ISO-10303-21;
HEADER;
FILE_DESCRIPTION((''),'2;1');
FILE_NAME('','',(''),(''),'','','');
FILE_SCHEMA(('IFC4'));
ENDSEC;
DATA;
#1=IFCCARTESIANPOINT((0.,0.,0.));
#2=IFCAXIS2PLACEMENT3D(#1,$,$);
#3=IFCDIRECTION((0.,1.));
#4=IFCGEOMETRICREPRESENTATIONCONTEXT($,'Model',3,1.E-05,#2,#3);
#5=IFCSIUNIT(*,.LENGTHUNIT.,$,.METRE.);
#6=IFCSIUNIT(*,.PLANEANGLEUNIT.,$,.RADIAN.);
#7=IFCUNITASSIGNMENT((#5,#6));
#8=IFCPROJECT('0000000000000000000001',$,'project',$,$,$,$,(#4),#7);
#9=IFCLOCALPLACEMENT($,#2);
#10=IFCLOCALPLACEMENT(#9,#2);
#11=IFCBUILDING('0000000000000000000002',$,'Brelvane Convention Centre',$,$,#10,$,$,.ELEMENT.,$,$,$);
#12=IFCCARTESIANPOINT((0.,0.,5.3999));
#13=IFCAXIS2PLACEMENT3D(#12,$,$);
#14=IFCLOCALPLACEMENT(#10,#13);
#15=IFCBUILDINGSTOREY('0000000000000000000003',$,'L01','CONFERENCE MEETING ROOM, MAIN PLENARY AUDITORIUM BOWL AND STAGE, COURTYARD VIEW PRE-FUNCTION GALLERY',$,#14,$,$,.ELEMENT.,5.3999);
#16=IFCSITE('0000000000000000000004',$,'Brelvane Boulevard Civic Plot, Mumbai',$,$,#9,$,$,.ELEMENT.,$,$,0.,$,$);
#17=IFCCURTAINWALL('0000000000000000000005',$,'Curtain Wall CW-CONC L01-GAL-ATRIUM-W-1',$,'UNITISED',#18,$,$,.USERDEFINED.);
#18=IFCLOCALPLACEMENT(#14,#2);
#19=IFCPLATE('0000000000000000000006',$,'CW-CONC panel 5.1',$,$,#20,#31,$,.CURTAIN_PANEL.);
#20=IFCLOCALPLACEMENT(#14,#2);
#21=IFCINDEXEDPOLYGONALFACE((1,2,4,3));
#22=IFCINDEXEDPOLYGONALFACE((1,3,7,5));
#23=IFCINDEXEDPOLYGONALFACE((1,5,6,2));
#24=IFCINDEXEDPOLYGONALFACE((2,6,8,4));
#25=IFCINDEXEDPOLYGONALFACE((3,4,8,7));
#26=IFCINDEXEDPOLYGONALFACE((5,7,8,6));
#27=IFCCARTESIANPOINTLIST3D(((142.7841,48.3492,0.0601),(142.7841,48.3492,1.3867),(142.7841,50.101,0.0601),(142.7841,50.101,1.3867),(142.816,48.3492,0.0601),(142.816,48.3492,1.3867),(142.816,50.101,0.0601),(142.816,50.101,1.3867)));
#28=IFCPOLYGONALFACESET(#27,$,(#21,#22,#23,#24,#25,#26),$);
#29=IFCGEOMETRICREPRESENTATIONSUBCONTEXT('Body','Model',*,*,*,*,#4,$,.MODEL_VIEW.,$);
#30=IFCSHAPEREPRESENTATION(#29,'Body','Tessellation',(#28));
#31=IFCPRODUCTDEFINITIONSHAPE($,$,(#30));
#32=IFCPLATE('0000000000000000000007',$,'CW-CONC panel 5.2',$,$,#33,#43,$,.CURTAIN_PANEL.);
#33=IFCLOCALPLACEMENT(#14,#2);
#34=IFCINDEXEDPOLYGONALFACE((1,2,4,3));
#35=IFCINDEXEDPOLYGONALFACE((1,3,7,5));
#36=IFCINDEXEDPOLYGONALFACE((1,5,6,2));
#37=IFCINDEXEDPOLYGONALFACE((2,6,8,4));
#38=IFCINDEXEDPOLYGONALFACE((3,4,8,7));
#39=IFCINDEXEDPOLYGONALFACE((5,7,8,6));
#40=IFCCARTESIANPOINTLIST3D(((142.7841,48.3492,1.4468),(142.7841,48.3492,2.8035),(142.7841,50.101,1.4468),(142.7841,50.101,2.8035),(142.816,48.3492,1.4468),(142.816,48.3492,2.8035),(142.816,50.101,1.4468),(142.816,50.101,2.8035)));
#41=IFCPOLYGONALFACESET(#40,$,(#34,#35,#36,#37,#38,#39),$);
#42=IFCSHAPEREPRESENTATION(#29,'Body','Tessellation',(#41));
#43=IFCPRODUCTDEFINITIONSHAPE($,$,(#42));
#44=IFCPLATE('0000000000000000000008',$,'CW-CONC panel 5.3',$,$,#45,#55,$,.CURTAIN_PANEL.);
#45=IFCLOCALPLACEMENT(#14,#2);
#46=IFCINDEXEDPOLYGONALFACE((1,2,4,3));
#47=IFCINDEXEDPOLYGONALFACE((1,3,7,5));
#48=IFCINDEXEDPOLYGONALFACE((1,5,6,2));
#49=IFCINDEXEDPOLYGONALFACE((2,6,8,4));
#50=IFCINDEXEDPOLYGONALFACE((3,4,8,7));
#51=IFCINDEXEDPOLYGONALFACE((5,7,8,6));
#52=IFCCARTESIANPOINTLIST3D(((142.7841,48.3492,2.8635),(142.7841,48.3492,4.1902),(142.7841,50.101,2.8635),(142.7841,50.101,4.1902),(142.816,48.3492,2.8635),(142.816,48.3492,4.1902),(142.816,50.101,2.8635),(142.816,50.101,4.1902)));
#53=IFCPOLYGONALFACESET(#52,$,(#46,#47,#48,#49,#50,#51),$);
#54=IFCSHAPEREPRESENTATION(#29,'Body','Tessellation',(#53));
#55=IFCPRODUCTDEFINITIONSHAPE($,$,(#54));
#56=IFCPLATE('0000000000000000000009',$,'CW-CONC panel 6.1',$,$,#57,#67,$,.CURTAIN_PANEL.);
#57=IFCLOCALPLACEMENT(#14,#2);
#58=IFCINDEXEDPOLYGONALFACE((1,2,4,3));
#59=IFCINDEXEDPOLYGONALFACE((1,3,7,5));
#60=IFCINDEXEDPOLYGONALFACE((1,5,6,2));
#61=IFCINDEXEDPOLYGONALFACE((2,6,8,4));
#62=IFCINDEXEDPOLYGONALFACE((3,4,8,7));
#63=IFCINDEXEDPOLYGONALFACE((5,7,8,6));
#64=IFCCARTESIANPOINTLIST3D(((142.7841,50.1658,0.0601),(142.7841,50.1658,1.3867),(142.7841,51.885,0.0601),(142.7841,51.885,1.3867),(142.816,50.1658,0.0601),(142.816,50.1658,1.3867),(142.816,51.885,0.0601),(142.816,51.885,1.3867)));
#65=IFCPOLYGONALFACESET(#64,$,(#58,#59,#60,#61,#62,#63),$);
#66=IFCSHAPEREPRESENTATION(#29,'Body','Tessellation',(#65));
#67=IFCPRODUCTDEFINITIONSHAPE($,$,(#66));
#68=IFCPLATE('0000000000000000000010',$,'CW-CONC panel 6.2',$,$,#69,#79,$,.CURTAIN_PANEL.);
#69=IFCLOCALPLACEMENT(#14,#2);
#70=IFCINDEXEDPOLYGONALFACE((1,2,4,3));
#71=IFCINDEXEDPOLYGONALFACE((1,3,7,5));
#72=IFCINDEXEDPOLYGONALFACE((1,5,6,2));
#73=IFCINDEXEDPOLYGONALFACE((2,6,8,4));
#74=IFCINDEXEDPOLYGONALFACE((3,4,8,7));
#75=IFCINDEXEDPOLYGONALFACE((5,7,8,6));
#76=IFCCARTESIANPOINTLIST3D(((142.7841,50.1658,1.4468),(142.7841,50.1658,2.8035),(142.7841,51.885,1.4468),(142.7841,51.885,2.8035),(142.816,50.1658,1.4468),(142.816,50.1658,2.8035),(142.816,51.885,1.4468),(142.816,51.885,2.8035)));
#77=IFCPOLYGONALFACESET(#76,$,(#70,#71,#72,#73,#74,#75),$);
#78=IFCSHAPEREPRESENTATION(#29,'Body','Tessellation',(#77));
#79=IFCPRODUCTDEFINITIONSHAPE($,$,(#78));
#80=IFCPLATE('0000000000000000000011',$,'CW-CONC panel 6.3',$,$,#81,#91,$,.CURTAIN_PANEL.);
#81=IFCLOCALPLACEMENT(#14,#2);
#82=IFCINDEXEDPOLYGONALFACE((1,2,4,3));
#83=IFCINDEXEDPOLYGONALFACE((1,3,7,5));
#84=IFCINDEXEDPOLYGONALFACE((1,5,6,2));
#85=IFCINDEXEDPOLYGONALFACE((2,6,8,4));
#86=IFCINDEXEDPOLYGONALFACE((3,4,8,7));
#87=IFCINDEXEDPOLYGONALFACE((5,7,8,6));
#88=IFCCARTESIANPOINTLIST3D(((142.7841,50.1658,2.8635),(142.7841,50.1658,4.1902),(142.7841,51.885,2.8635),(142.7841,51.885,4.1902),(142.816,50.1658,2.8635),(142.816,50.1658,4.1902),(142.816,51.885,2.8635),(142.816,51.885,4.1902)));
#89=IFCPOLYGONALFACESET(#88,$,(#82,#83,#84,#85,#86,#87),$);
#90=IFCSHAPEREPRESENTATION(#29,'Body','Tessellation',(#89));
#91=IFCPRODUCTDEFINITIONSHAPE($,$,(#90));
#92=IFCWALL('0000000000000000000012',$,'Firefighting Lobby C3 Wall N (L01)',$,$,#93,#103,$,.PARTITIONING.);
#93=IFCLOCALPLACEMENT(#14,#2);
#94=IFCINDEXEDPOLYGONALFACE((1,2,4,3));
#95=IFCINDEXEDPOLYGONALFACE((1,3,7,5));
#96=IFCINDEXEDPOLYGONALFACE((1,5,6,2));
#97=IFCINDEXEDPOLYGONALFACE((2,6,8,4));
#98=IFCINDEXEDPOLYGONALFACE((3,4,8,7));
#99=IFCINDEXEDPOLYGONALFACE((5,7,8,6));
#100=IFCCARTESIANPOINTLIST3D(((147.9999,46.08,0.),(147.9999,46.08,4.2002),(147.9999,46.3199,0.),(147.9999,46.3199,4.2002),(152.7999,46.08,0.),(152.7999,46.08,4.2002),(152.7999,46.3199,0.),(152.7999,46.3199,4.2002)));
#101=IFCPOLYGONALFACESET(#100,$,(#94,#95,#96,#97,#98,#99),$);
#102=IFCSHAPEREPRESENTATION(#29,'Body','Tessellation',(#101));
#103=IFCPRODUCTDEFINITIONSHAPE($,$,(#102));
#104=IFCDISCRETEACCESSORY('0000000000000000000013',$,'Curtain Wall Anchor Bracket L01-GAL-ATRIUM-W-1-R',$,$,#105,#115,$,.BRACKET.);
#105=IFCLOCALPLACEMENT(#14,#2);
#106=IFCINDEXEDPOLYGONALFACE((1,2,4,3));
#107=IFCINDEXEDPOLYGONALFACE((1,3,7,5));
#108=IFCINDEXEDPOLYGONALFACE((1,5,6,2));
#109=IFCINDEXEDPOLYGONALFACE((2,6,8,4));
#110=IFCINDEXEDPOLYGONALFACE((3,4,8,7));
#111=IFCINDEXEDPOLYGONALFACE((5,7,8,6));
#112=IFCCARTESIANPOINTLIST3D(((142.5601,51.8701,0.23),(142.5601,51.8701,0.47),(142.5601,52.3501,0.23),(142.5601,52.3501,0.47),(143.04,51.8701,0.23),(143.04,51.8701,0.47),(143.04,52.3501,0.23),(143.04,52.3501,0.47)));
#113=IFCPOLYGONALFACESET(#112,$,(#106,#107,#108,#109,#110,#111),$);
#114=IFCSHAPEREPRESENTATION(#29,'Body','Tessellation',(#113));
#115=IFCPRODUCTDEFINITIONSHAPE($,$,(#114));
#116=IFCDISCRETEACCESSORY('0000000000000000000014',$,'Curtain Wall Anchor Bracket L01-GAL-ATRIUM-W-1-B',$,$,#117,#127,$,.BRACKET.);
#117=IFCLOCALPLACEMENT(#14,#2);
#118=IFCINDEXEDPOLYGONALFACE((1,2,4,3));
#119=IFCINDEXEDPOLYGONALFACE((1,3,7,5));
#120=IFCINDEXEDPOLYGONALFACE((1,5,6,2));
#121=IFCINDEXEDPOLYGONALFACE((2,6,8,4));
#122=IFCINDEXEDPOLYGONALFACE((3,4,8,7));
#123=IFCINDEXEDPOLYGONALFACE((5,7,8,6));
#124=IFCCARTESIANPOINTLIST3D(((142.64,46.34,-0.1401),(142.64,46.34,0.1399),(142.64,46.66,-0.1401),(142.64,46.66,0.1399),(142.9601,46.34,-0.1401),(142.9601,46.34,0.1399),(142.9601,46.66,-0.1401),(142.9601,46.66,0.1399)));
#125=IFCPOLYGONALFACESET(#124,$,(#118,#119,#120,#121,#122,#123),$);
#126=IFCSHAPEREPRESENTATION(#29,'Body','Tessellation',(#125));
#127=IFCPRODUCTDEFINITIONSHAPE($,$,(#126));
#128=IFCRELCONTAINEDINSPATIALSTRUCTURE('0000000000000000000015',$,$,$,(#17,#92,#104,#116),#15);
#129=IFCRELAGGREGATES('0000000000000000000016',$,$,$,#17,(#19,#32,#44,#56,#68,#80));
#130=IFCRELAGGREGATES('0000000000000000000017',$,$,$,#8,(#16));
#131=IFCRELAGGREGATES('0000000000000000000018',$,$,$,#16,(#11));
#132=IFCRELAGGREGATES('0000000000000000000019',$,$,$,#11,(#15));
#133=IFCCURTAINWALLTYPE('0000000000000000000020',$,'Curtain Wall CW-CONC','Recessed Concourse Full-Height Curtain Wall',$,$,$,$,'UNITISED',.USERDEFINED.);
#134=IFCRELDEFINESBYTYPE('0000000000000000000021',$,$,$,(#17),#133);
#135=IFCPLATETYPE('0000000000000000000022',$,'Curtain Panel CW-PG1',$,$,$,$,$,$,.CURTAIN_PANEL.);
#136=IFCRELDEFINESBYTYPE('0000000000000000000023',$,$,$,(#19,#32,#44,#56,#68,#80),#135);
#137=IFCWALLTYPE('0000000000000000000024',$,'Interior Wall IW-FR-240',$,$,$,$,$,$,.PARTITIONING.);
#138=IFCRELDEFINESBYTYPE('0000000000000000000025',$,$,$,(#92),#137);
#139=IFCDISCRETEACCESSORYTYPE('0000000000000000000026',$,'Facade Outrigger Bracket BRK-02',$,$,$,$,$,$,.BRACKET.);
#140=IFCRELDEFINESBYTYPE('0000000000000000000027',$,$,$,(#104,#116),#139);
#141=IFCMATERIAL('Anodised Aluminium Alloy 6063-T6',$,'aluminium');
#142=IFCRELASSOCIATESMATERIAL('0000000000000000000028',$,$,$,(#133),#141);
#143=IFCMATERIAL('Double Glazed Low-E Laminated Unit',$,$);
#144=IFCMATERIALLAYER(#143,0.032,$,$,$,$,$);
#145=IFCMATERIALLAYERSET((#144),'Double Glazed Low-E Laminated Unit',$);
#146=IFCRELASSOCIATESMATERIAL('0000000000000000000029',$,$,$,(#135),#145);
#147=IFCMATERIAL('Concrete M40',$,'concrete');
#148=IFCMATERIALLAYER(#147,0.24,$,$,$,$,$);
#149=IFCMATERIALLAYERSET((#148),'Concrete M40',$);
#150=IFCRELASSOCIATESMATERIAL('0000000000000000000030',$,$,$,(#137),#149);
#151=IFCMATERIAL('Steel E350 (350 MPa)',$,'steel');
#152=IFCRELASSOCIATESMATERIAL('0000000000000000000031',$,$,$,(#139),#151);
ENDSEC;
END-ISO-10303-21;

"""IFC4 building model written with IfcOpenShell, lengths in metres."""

from ifc_helpers import new_model, si_unit, direction, frame, frame_2d, origin, origin_2d, place, context, subcontext, project, spatial, rectangle, extrude, material, layer, layer_set, type_object, element, aggregate, save


model = new_model("IFC4")

# Units and contexts
model_context = context("Model", 3, precision=1e-05, world=origin(), true_north=direction((0.0, 1.0)))
body_context = subcontext(model_context, "Body", "Model", "MODEL_VIEW")
ifc_project = project(units=[si_unit("LENGTHUNIT", "METRE"), si_unit("PLANEANGLEUNIT", "RADIAN")], contexts=[model_context])

# Site, building, storey
site_placement = place(None, origin())
site = spatial("IfcSite", under=ifc_project, at=site_placement, Name="Brelvane Boulevard Civic Plot, Mumbai", CompositionType="ELEMENT", RefElevation=0.0)
building_placement = place(site_placement, origin())
building = spatial("IfcBuilding", under=site, at=building_placement, Name="Brelvane Convention Centre", CompositionType="ELEMENT")
storey_placement = place(building_placement, frame((0.0, 0.0, 5.3999)))
storey = spatial("IfcBuildingStorey", under=building, at=storey_placement, Name="L01", Description="CONFERENCE MEETING ROOM, MAIN PLENARY AUDITORIUM BOWL AND STAGE, COURTYARD VIEW PRE-FUNCTION GALLERY", CompositionType="ELEMENT", Elevation=5.3999)

# Curtain wall
ifc_material_1 = material(Name="Anodised Aluminium Alloy 6063-T6", Category="aluminium")
curtain_wall_type = type_object("IfcCurtainWallType", Name="Curtain Wall CW-CONC", Description="Recessed Concourse Full-Height Curtain Wall", ElementType="UNITISED", PredefinedType="USERDEFINED", material=ifc_material_1)
curtain_wall_placement = place(storey_placement, origin())
curtain_wall = element("IfcCurtainWall", 1, at=curtain_wall_placement, inside=storey, type_object=curtain_wall_type, Name="Curtain Wall CW-CONC L01-GAL-ATRIUM-W-1", ObjectType="UNITISED", PredefinedType="USERDEFINED")

# Plates
ifc_material_2 = material(Name="Double Glazed Low-E Laminated Unit")
ifc_layer_1 = layer(ifc_material_2, 0.032)
ifc_layer_set_1 = layer_set([ifc_layer_1], Name="Double Glazed Low-E Laminated Unit")
plate_type = type_object("IfcPlateType", Name="Curtain Panel CW-PG1", PredefinedType="CURTAIN_PANEL", material=ifc_layer_set_1)
plate_1_placement = place(storey_placement, frame((142.8, 49.2251, 0.0601), z_axis=(0.0, 0.0, 1.0), x_axis=(0.0, 1.0, 0.0)))
plate_1 = element("IfcPlate", 2, at=plate_1_placement, type_object=plate_type, Name="CW-CONC panel 5.1", PredefinedType="CURTAIN_PANEL", context=body_context, shape_type="SweptSolid", body=[
    extrude(rectangle(XDim=1.7517, YDim=0.032, at=origin_2d()), origin(), (0.0, 0.0, 1.0), 1.3267),
])
plate_2_placement = place(storey_placement, frame((142.8, 49.2251, 1.4468), z_axis=(0.0, 0.0, 1.0), x_axis=(0.0, 1.0, 0.0)))
plate_2 = element("IfcPlate", 3, at=plate_2_placement, type_object=plate_type, Name="CW-CONC panel 5.2", PredefinedType="CURTAIN_PANEL", context=body_context, shape_type="SweptSolid", body=[
    extrude(rectangle(XDim=1.7517, YDim=0.032, at=origin_2d()), origin(), (0.0, 0.0, 1.0), 1.3567),
])
plate_3_placement = place(storey_placement, frame((142.8, 49.2251, 2.8635), z_axis=(0.0, 0.0, 1.0), x_axis=(0.0, 1.0, 0.0)))
plate_3 = element("IfcPlate", 4, at=plate_3_placement, type_object=plate_type, Name="CW-CONC panel 5.3", PredefinedType="CURTAIN_PANEL", context=body_context, shape_type="SweptSolid", body=[
    extrude(rectangle(XDim=1.7517, YDim=0.032, at=origin_2d()), origin(), (0.0, 0.0, 1.0), 1.3267),
])
plate_4_placement = place(storey_placement, frame((142.8, 51.0254, 0.0601), z_axis=(0.0, 0.0, 1.0), x_axis=(0.0, 1.0, 0.0)))
plate_4 = element("IfcPlate", 5, at=plate_4_placement, type_object=plate_type, Name="CW-CONC panel 6.1", PredefinedType="CURTAIN_PANEL", context=body_context, shape_type="SweptSolid", body=[
    extrude(rectangle(XDim=1.7192, YDim=0.032, at=origin_2d()), origin(), (0.0, 0.0, 1.0), 1.3267),
])
plate_5_placement = place(storey_placement, frame((142.8, 51.0254, 1.4468), z_axis=(0.0, 0.0, 1.0), x_axis=(0.0, 1.0, 0.0)))
plate_5 = element("IfcPlate", 6, at=plate_5_placement, type_object=plate_type, Name="CW-CONC panel 6.2", PredefinedType="CURTAIN_PANEL", context=body_context, shape_type="SweptSolid", body=[
    extrude(rectangle(XDim=1.7192, YDim=0.032, at=origin_2d()), origin(), (0.0, 0.0, 1.0), 1.3567),
])
plate_6_placement = place(storey_placement, frame((142.8, 51.0254, 2.8635), z_axis=(0.0, 0.0, 1.0), x_axis=(0.0, 1.0, 0.0)))
plate_6 = element("IfcPlate", 7, at=plate_6_placement, type_object=plate_type, Name="CW-CONC panel 6.3", PredefinedType="CURTAIN_PANEL", context=body_context, shape_type="SweptSolid", body=[
    extrude(rectangle(XDim=1.7192, YDim=0.032, at=origin_2d()), origin(), (0.0, 0.0, 1.0), 1.3267),
])
aggregate(curtain_wall, [plate_1, plate_2, plate_3, plate_4, plate_5, plate_6])

# Wall
ifc_material_3 = material(Name="Concrete M40", Category="concrete")
ifc_layer_2 = layer(ifc_material_3, 0.24)
ifc_layer_set_2 = layer_set([ifc_layer_2], Name="Concrete M40")
wall_type = type_object("IfcWallType", Name="Interior Wall IW-FR-240", PredefinedType="PARTITIONING", material=ifc_layer_set_2)
wall_placement = place(storey_placement, frame((148.0, 46.2, 0.0), z_axis=(0.0, 0.0, 1.0), x_axis=(1.0, 0.0, 0.0)))
element("IfcWall", 8, at=wall_placement, inside=storey, type_object=wall_type, Name="Firefighting Lobby C3 Wall N (L01)", PredefinedType="PARTITIONING", context=body_context, shape_type="SweptSolid", body=[
    extrude(rectangle(XDim=4.8, YDim=0.24, at=frame_2d((2.3999, 0.0))), origin(), (0.0, 0.0, 1.0), 4.2002),
])

# Discrete accessories
ifc_material_4 = material(Name="Steel E350 (350 MPa)", Category="steel")
discrete_accessory_type = type_object("IfcDiscreteAccessoryType", Name="Facade Outrigger Bracket BRK-02", PredefinedType="BRACKET", material=ifc_material_4)
discrete_accessory_1_placement = place(storey_placement, frame((142.8, 52.1101, 0.23), z_axis=(0.0, 0.0, 1.0), x_axis=(1.0, 0.0, 0.0)))
element("IfcDiscreteAccessory", 9, at=discrete_accessory_1_placement, inside=storey, type_object=discrete_accessory_type, Name="Curtain Wall Anchor Bracket L01-GAL-ATRIUM-W-1-R", PredefinedType="BRACKET", context=body_context, shape_type="SweptSolid", body=[
    extrude(rectangle(XDim=0.48, YDim=0.48, at=origin_2d()), origin(), (0.0, 0.0, 1.0), 0.24),
])
discrete_accessory_2_placement = place(storey_placement, frame((142.8, 46.5, -0.1401), z_axis=(0.0, 0.0, 1.0), x_axis=(1.0, 0.0, 0.0)))
element("IfcDiscreteAccessory", 10, at=discrete_accessory_2_placement, inside=storey, type_object=discrete_accessory_type, Name="Curtain Wall Anchor Bracket L01-GAL-ATRIUM-W-1-B", PredefinedType="BRACKET", context=body_context, shape_type="SweptSolid", body=[
    extrude(rectangle(XDim=0.3201, YDim=0.3201, at=origin_2d()), origin(), (0.0, 0.0, 1.0), 0.28),
])

save(model, "model.ifc")
